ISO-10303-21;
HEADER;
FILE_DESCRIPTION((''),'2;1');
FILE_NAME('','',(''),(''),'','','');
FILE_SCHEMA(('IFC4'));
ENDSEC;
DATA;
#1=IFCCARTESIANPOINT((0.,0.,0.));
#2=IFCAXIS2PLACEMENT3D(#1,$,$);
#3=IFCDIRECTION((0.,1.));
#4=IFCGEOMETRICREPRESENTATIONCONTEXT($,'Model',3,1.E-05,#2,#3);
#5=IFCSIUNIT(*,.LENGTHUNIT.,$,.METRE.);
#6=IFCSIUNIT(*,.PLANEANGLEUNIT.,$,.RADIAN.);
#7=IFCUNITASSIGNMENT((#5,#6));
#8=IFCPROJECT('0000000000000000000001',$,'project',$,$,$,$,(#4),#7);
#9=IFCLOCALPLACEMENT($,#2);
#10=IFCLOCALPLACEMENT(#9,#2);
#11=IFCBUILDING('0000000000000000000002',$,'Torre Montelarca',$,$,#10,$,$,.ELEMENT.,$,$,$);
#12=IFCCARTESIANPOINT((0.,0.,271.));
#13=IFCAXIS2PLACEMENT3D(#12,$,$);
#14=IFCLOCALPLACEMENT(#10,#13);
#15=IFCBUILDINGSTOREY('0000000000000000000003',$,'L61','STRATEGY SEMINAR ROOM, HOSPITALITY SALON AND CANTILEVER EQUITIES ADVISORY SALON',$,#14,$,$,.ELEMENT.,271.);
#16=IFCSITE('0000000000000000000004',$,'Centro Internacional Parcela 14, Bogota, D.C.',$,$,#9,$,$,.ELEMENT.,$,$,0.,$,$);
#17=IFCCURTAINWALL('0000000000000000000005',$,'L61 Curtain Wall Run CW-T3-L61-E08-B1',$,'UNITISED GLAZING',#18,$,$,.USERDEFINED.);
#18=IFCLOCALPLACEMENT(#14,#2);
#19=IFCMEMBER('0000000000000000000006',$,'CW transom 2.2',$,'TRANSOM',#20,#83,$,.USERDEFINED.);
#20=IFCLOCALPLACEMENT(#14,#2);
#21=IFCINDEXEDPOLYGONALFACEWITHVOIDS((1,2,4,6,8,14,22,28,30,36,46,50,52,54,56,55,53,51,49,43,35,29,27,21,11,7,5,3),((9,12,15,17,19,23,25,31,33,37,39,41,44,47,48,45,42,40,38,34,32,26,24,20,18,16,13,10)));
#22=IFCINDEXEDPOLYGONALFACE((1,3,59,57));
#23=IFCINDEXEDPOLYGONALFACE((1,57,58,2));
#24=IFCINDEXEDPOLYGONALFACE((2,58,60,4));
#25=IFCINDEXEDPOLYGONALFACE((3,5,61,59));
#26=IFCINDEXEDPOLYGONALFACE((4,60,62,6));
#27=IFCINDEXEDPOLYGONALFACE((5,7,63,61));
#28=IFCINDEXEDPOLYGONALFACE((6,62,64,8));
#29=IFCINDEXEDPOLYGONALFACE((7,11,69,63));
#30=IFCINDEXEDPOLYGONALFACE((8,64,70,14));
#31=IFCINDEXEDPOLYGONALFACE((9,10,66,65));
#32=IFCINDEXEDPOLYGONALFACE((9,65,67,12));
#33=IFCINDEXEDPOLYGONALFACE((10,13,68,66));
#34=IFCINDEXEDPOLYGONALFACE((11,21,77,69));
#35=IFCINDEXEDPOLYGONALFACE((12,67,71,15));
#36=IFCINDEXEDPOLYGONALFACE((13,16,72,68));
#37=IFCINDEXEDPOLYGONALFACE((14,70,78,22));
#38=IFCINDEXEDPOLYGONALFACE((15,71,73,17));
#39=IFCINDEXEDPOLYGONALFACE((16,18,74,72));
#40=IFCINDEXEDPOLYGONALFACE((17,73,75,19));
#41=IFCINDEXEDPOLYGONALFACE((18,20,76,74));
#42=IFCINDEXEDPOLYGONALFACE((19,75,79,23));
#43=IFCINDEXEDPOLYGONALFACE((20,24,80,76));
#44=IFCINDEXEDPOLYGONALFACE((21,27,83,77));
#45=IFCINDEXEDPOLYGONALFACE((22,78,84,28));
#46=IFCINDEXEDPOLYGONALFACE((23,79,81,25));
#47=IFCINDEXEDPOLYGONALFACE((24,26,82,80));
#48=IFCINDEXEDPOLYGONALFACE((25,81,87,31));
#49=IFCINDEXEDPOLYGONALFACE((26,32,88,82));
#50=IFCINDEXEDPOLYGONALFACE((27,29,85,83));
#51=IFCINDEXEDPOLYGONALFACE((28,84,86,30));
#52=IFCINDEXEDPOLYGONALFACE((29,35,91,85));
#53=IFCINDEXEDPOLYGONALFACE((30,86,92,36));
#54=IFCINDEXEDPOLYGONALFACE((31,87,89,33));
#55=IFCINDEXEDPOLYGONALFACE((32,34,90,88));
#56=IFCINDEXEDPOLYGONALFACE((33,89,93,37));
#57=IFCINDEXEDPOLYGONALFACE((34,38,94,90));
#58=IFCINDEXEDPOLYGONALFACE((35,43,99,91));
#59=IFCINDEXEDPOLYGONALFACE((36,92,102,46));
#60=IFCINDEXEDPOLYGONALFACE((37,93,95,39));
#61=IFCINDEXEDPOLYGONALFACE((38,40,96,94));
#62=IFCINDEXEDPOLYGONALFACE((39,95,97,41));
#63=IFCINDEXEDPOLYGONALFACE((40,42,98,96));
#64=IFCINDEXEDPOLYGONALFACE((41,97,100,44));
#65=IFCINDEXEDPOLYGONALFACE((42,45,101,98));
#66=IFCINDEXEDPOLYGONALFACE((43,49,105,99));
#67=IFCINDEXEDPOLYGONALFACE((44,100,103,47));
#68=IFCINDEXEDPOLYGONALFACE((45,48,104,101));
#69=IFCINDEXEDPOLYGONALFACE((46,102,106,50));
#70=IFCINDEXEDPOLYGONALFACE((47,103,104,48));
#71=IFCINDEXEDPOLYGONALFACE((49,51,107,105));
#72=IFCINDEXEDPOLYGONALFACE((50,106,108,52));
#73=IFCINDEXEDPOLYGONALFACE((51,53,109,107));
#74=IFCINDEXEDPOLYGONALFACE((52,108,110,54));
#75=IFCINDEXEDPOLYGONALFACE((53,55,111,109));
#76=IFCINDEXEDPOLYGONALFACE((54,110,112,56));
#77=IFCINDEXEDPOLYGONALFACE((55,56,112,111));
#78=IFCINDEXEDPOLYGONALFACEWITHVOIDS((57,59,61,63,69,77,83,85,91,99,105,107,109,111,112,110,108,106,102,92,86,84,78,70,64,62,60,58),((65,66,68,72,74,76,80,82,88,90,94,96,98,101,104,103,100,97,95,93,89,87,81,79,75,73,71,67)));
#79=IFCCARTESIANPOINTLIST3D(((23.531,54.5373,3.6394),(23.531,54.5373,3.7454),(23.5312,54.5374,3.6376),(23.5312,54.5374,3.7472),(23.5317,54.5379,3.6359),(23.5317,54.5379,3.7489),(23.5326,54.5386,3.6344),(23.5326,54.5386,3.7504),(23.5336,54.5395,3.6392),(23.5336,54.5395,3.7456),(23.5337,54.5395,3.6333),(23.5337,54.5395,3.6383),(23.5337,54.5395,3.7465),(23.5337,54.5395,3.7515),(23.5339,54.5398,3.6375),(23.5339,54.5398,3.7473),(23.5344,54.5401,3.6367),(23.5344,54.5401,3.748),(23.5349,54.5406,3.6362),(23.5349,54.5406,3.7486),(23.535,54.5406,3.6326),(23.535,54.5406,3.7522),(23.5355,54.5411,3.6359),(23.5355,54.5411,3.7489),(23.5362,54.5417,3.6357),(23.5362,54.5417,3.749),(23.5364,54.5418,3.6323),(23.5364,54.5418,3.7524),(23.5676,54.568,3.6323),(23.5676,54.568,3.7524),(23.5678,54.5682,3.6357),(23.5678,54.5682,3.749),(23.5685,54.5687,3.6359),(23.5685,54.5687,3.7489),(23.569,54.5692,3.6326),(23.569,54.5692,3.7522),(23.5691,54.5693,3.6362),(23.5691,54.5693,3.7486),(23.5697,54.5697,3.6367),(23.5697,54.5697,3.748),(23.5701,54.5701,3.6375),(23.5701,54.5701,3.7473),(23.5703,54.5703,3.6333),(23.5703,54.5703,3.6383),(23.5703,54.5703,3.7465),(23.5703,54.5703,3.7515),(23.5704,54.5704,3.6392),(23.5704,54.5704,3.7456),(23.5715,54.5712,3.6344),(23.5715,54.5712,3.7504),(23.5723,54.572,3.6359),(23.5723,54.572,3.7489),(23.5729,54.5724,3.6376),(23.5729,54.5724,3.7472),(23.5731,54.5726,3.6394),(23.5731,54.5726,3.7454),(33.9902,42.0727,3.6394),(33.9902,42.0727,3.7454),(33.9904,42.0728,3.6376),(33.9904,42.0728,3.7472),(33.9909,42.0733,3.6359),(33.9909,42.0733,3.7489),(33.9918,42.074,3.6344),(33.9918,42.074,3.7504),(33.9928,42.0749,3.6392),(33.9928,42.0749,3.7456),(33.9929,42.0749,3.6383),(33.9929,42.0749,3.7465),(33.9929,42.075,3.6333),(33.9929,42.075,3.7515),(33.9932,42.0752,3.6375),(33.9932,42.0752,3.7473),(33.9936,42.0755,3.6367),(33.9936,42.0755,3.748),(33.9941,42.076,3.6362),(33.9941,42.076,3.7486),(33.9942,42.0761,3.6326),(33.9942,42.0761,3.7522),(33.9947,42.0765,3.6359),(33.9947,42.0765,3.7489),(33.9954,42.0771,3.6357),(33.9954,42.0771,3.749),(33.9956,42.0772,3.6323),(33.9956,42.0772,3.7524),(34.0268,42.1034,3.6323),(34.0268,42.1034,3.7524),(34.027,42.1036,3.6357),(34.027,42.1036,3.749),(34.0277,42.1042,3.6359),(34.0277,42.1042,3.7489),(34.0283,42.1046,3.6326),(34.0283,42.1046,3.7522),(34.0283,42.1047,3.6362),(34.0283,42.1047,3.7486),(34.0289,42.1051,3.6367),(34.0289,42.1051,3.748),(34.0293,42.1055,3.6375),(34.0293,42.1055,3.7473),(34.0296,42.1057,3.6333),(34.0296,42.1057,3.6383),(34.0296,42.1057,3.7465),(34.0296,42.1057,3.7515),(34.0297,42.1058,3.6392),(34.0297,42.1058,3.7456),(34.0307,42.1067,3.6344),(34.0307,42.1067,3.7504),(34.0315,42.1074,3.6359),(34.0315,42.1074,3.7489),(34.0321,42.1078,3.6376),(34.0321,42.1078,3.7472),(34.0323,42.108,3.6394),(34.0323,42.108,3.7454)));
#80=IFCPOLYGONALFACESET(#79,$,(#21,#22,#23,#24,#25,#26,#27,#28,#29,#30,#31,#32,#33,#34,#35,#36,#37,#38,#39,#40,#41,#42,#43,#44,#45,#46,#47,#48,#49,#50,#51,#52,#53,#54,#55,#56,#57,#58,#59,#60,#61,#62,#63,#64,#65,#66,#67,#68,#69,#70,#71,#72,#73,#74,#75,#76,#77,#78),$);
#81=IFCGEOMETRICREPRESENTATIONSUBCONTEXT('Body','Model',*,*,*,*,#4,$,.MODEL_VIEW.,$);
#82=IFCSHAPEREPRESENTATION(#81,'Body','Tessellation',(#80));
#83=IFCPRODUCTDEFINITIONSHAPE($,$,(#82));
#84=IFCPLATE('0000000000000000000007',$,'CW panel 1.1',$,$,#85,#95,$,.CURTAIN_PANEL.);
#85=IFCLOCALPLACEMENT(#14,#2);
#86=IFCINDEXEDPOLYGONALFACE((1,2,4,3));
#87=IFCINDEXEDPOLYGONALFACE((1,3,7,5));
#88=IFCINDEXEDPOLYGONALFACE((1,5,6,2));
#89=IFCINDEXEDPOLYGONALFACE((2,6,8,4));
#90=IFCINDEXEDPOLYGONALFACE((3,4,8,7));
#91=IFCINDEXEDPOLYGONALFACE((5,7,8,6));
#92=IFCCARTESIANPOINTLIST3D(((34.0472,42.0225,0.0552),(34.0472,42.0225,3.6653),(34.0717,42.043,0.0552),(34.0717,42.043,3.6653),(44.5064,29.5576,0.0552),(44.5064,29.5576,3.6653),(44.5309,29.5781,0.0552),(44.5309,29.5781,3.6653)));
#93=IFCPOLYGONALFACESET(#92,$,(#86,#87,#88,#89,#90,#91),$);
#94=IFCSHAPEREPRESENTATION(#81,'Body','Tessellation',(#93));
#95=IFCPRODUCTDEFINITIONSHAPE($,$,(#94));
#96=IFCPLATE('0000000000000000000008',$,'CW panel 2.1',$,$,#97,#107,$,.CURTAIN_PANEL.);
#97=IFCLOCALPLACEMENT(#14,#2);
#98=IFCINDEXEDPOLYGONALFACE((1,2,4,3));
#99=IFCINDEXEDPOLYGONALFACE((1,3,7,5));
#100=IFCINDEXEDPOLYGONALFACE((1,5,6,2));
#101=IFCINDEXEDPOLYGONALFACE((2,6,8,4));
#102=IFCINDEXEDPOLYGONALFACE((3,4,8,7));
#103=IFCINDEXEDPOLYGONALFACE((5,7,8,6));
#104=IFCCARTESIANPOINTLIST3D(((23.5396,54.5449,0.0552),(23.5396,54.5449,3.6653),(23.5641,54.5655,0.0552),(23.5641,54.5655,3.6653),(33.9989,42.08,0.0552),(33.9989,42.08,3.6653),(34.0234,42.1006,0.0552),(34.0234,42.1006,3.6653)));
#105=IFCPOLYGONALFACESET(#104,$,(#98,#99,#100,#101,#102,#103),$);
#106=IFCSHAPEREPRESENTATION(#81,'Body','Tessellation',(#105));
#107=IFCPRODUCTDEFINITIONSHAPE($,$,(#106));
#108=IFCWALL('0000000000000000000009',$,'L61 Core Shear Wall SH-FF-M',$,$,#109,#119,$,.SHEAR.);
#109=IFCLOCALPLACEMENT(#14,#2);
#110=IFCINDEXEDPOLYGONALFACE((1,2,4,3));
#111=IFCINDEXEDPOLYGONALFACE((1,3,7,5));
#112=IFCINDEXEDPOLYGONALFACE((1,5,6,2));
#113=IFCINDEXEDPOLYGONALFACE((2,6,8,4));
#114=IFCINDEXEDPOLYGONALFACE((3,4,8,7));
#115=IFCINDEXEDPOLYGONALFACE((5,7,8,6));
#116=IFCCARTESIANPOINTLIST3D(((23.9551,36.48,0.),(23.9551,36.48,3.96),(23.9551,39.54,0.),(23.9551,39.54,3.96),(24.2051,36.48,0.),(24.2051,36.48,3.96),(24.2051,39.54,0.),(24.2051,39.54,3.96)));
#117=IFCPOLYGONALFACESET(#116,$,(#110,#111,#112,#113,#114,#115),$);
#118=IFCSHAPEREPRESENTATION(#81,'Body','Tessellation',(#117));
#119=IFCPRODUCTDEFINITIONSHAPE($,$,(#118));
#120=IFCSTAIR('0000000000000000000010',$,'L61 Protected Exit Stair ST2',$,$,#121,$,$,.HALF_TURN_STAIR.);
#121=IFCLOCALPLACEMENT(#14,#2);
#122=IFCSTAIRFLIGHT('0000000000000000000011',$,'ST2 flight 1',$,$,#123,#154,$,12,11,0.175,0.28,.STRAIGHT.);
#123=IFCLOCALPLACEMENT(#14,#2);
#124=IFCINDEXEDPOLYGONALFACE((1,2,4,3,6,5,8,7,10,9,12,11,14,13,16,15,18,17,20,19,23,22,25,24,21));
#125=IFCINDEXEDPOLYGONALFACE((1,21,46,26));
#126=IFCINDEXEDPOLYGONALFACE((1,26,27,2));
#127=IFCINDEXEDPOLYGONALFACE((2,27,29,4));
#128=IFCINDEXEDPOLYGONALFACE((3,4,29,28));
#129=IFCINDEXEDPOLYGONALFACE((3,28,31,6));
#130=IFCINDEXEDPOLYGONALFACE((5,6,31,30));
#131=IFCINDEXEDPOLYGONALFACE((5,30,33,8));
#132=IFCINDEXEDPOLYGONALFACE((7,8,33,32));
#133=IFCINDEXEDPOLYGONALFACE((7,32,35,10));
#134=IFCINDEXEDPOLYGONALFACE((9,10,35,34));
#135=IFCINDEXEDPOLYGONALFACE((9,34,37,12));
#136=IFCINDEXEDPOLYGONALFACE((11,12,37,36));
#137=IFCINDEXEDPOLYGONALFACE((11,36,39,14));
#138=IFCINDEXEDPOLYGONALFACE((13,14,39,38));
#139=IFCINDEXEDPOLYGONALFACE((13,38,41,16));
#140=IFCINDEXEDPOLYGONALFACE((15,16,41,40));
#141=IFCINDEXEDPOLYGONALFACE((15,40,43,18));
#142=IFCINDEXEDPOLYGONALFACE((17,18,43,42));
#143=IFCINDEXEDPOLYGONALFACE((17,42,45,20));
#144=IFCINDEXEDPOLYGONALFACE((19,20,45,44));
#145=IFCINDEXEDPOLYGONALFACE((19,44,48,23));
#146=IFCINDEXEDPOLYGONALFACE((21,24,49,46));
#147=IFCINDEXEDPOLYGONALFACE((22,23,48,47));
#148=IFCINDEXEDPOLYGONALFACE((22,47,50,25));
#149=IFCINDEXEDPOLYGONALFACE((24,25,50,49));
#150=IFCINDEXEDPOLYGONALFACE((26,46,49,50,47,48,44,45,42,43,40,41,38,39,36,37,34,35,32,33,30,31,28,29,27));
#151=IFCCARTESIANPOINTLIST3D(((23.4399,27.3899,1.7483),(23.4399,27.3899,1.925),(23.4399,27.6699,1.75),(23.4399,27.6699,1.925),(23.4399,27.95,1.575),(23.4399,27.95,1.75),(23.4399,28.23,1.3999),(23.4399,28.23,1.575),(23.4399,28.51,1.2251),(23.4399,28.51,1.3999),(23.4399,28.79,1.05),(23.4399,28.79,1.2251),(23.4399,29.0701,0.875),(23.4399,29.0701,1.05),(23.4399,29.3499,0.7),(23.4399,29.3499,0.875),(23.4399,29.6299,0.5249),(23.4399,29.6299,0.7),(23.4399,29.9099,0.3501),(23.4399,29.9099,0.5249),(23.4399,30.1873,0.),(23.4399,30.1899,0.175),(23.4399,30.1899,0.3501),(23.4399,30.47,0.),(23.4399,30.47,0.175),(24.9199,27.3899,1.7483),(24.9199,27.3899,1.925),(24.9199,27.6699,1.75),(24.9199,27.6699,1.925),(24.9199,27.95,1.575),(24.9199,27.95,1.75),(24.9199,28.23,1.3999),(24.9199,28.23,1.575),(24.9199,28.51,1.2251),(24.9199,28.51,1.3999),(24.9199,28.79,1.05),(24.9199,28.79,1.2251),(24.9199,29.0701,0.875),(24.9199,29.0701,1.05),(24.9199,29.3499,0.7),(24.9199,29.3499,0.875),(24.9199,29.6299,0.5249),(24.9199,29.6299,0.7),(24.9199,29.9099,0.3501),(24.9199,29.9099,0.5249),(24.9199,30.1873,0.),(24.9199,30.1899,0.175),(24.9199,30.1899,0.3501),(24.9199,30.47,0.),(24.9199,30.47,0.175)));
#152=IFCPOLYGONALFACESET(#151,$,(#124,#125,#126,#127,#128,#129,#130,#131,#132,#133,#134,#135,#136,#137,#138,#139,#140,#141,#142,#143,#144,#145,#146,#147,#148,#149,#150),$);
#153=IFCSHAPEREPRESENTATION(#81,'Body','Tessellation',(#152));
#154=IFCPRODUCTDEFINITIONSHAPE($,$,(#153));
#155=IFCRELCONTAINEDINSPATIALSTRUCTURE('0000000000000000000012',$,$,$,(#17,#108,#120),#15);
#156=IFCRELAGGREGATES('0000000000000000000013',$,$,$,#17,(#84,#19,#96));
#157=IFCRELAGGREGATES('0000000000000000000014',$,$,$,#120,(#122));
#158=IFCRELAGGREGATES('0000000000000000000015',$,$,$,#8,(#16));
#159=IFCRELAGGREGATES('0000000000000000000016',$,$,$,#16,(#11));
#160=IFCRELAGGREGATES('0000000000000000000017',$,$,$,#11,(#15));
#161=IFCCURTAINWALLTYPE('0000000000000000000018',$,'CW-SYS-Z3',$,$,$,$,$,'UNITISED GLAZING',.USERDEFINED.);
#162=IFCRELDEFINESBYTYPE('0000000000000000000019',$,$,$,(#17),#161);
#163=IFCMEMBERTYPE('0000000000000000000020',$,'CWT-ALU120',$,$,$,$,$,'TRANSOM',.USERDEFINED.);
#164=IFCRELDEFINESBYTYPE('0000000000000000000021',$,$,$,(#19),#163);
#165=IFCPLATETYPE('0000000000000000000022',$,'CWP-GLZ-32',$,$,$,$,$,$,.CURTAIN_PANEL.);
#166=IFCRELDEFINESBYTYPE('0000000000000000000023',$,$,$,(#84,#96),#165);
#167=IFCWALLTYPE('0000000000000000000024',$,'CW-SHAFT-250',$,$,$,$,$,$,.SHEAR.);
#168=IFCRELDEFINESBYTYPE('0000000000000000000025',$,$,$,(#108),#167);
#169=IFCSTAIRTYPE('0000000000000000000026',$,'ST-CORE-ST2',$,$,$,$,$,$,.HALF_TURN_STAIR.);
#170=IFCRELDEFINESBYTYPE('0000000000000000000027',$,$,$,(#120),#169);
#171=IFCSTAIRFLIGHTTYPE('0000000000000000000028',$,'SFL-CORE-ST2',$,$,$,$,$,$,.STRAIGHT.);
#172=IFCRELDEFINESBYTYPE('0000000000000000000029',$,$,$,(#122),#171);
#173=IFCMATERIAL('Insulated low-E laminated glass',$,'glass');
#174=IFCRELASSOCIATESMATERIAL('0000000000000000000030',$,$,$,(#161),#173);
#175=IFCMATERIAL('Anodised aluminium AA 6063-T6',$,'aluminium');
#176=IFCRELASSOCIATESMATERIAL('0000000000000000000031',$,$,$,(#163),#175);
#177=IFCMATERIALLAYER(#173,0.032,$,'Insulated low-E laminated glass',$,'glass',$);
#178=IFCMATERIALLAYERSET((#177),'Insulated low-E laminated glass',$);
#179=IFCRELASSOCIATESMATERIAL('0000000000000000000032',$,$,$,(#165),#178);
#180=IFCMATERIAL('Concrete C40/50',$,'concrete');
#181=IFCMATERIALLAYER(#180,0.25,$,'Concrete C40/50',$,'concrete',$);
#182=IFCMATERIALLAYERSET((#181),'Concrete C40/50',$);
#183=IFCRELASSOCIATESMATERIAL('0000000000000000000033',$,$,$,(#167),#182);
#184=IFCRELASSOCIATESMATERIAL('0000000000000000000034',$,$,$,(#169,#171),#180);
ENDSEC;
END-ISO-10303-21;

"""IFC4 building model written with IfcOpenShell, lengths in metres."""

from ifc_helpers import new_model, si_unit, direction, frame, frame_2d, origin, origin_2d, place, context, subcontext, project, spatial, polyline, rectangle, hollow_rectangle, outline, extrude, source, transform, mapped, material, layer, layer_set, material_profile, profile_set, type_object, element, aggregate, save


model = new_model("IFC4")

# Units and contexts
model_context = context("Model", 3, precision=1e-05, world=origin(), true_north=direction((0.0, 1.0)))
body_context = subcontext(model_context, "Body", "Model", "MODEL_VIEW")
ifc_project = project(units=[si_unit("LENGTHUNIT", "METRE"), si_unit("PLANEANGLEUNIT", "RADIAN")], contexts=[model_context])

# Site, building, storey
site_placement = place(None, origin())
site = spatial("IfcSite", under=ifc_project, at=site_placement, Name="Centro Internacional Parcela 14, Bogota, D.C.", CompositionType="ELEMENT", RefElevation=0.0)
building_placement = place(site_placement, origin())
building = spatial("IfcBuilding", under=site, at=building_placement, Name="Torre Montelarca", CompositionType="ELEMENT")
storey_placement = place(building_placement, frame((0.0, 0.0, 271.0)))
storey = spatial("IfcBuildingStorey", under=building, at=storey_placement, Name="L61", Description="STRATEGY SEMINAR ROOM, HOSPITALITY SALON AND CANTILEVER EQUITIES ADVISORY SALON", CompositionType="ELEMENT", Elevation=271.0)

# Shared definitions
ifc_material_1 = material(Name="Insulated low-E laminated glass", Category="glass")
curtain_wall_type = type_object("IfcCurtainWallType", Name="CW-SYS-Z3", ElementType="UNITISED GLAZING", PredefinedType="USERDEFINED", material=ifc_material_1)
ifc_material_2 = material(Name="Anodised aluminium AA 6063-T6", Category="aluminium")

# Curtain wall, member, plates
curtain_wall_1_placement = place(storey_placement, origin())
curtain_wall_1 = element("IfcCurtainWall", 1, at=curtain_wall_1_placement, inside=storey, type_object=curtain_wall_type, Name="L61 Curtain Wall Run CW-T3-L61-E08-B1", ObjectType="UNITISED GLAZING", PredefinedType="USERDEFINED")
ifc_material_profile_1 = material_profile(ifc_material_2, hollow_rectangle(XDim=0.0549, YDim=0.1201, WallThickness=0.0034, InnerFilletRadius=0.0034, OuterFilletRadius=0.0071, at=origin_2d()), Name="ALU55X120X3.5", Category="aluminium")
ifc_profile_set_1 = profile_set([ifc_material_profile_1], Name="Anodised aluminium AA 6063-T6")
member_type_1 = type_object("IfcMemberType", Name="CWT-ALU120", ElementType="TRANSOM", PredefinedType="USERDEFINED", material=ifc_profile_set_1)
shared_shape_1 = source(origin(), body_context, "Body", "SweptSolid", [
    extrude(hollow_rectangle(XDim=0.0549, YDim=0.1201, WallThickness=0.0034, InnerFilletRadius=0.0034, OuterFilletRadius=0.0071, at=origin_2d()), origin(), (0.0, 0.0, 1.0), 16.2715),
])
member_1_placement = place(storey_placement, frame((34.0112, 42.0903, 3.6924), z_axis=(-0.642794, 0.766039, 0.0), x_axis=(-0.766039, -0.642794, 0.0)))
member_1 = element("IfcMember", 2, at=member_1_placement, type_object=member_type_1, Name="CW transom 2.2", ObjectType="TRANSOM", PredefinedType="USERDEFINED", context=body_context, shape_type="MappedRepresentation", body=[
    mapped(shared_shape_1, transform((0.0, 0.0, 0.0), scale=1.0)),
])
ifc_layer_1 = layer(ifc_material_1, 0.032, Name="Insulated low-E laminated glass", Category="glass")
ifc_layer_set_1 = layer_set([ifc_layer_1], Name="Insulated low-E laminated glass")
plate_type = type_object("IfcPlateType", Name="CWP-GLZ-32", PredefinedType="CURTAIN_PANEL", material=ifc_layer_set_1)
shared_shape_2 = source(origin(), body_context, "Body", "SweptSolid", [
    extrude(rectangle(XDim=16.2717, YDim=0.032, at=origin_2d()), origin(), (0.0, 0.0, 1.0), 3.6101),
])
plate_1_placement = place(storey_placement, frame((39.2891, 35.8003, 0.0552), z_axis=(0.0, 0.0, 1.0), x_axis=(-0.642786, 0.766046, 0.0)))
plate_1 = element("IfcPlate", 3, at=plate_1_placement, type_object=plate_type, Name="CW panel 1.1", PredefinedType="CURTAIN_PANEL", context=body_context, shape_type="MappedRepresentation", body=[
    mapped(shared_shape_2, transform((0.0, 0.0, 0.0), scale=1.0)),
])
plate_2_placement = place(storey_placement, frame((28.7815, 48.3228, 0.0552), z_axis=(0.0, 0.0, 1.0), x_axis=(-0.642786, 0.766046, 0.0)))
plate_2 = element("IfcPlate", 4, at=plate_2_placement, type_object=plate_type, Name="CW panel 2.1", PredefinedType="CURTAIN_PANEL", context=body_context, shape_type="MappedRepresentation", body=[
    mapped(shared_shape_2, transform((0.0, 0.0, 0.0), scale=1.0)),
])
aggregate(curtain_wall_1, [plate_1, member_1, plate_2])

# Wall
ifc_material_3 = material(Name="Concrete C40/50", Category="concrete")
ifc_layer_2 = layer(ifc_material_3, 0.25, Name="Concrete C40/50", Category="concrete")
ifc_layer_set_2 = layer_set([ifc_layer_2], Name="Concrete C40/50")
wall_type = type_object("IfcWallType", Name="CW-SHAFT-250", PredefinedType="SHEAR", material=ifc_layer_set_2)
wall_placement = place(storey_placement, frame((24.0801, 36.48, 0.0), z_axis=(0.0, 0.0, 1.0), x_axis=(0.0, 1.0, 0.0)))
element("IfcWall", 5, at=wall_placement, inside=storey, type_object=wall_type, Name="L61 Core Shear Wall SH-FF-M", PredefinedType="SHEAR", context=body_context, shape_type="SweptSolid", body=[
    extrude(rectangle(XDim=3.0601, YDim=0.25, at=frame_2d((1.53, 0.0))), origin(), (0.0, 0.0, 1.0), 3.96),
])

# Stair, stair flight
stair_type = type_object("IfcStairType", Name="ST-CORE-ST2", PredefinedType="HALF_TURN_STAIR", material=ifc_material_3)
stair_placement = place(storey_placement, origin())
stair = element("IfcStair", 6, at=stair_placement, inside=storey, type_object=stair_type, Name="L61 Protected Exit Stair ST2", PredefinedType="HALF_TURN_STAIR")
stair_flight_type = type_object("IfcStairFlightType", Name="SFL-CORE-ST2", PredefinedType="STRAIGHT", material=ifc_material_3)
stair_flight_placement = place(storey_placement, frame((24.1799, 30.47, 0.0), z_axis=(0.0, 0.0, 1.0), x_axis=(0.0, -1.0, 0.0)))
stair_flight = element("IfcStairFlight", 7, at=stair_flight_placement, type_object=stair_flight_type, Name="ST2 flight 1", NumberOfRisers=12, NumberOfTreads=11, PredefinedType="STRAIGHT", RiserHeight=0.175, TreadLength=0.28, context=body_context, shape_type="SweptSolid", body=[
    extrude(outline(polyline([(0.0, 0.0), (0.0, 0.175), (0.28, 0.175), (0.28, 0.3501), (0.5601, 0.3501), (0.5601, 0.5249), (0.8401, 0.5249), (0.8401, 0.7), (1.1201, 0.7), (1.1201, 0.875), (1.3999, 0.875), (1.3999, 1.05), (1.6799, 1.05), (1.6799, 1.2251), (1.96, 1.2251), (1.96, 1.3999), (2.24, 1.3999), (2.24, 1.575), (2.52, 1.575), (2.52, 1.75), (2.8, 1.75), (2.8, 1.925), (3.0801, 1.925), (3.0801, 2.1001), (3.0801, 1.7483), (0.2827, 0.0), (0.0, 0.0)])), frame((0.0, 0.74, 0.0), z_axis=(0.0, -1.0, 0.0), x_axis=(1.0, 0.0, 0.0)), (0.0, 0.0, 1.0), 1.48),
])
aggregate(stair, [stair_flight])

save(model, "model.ifc")
